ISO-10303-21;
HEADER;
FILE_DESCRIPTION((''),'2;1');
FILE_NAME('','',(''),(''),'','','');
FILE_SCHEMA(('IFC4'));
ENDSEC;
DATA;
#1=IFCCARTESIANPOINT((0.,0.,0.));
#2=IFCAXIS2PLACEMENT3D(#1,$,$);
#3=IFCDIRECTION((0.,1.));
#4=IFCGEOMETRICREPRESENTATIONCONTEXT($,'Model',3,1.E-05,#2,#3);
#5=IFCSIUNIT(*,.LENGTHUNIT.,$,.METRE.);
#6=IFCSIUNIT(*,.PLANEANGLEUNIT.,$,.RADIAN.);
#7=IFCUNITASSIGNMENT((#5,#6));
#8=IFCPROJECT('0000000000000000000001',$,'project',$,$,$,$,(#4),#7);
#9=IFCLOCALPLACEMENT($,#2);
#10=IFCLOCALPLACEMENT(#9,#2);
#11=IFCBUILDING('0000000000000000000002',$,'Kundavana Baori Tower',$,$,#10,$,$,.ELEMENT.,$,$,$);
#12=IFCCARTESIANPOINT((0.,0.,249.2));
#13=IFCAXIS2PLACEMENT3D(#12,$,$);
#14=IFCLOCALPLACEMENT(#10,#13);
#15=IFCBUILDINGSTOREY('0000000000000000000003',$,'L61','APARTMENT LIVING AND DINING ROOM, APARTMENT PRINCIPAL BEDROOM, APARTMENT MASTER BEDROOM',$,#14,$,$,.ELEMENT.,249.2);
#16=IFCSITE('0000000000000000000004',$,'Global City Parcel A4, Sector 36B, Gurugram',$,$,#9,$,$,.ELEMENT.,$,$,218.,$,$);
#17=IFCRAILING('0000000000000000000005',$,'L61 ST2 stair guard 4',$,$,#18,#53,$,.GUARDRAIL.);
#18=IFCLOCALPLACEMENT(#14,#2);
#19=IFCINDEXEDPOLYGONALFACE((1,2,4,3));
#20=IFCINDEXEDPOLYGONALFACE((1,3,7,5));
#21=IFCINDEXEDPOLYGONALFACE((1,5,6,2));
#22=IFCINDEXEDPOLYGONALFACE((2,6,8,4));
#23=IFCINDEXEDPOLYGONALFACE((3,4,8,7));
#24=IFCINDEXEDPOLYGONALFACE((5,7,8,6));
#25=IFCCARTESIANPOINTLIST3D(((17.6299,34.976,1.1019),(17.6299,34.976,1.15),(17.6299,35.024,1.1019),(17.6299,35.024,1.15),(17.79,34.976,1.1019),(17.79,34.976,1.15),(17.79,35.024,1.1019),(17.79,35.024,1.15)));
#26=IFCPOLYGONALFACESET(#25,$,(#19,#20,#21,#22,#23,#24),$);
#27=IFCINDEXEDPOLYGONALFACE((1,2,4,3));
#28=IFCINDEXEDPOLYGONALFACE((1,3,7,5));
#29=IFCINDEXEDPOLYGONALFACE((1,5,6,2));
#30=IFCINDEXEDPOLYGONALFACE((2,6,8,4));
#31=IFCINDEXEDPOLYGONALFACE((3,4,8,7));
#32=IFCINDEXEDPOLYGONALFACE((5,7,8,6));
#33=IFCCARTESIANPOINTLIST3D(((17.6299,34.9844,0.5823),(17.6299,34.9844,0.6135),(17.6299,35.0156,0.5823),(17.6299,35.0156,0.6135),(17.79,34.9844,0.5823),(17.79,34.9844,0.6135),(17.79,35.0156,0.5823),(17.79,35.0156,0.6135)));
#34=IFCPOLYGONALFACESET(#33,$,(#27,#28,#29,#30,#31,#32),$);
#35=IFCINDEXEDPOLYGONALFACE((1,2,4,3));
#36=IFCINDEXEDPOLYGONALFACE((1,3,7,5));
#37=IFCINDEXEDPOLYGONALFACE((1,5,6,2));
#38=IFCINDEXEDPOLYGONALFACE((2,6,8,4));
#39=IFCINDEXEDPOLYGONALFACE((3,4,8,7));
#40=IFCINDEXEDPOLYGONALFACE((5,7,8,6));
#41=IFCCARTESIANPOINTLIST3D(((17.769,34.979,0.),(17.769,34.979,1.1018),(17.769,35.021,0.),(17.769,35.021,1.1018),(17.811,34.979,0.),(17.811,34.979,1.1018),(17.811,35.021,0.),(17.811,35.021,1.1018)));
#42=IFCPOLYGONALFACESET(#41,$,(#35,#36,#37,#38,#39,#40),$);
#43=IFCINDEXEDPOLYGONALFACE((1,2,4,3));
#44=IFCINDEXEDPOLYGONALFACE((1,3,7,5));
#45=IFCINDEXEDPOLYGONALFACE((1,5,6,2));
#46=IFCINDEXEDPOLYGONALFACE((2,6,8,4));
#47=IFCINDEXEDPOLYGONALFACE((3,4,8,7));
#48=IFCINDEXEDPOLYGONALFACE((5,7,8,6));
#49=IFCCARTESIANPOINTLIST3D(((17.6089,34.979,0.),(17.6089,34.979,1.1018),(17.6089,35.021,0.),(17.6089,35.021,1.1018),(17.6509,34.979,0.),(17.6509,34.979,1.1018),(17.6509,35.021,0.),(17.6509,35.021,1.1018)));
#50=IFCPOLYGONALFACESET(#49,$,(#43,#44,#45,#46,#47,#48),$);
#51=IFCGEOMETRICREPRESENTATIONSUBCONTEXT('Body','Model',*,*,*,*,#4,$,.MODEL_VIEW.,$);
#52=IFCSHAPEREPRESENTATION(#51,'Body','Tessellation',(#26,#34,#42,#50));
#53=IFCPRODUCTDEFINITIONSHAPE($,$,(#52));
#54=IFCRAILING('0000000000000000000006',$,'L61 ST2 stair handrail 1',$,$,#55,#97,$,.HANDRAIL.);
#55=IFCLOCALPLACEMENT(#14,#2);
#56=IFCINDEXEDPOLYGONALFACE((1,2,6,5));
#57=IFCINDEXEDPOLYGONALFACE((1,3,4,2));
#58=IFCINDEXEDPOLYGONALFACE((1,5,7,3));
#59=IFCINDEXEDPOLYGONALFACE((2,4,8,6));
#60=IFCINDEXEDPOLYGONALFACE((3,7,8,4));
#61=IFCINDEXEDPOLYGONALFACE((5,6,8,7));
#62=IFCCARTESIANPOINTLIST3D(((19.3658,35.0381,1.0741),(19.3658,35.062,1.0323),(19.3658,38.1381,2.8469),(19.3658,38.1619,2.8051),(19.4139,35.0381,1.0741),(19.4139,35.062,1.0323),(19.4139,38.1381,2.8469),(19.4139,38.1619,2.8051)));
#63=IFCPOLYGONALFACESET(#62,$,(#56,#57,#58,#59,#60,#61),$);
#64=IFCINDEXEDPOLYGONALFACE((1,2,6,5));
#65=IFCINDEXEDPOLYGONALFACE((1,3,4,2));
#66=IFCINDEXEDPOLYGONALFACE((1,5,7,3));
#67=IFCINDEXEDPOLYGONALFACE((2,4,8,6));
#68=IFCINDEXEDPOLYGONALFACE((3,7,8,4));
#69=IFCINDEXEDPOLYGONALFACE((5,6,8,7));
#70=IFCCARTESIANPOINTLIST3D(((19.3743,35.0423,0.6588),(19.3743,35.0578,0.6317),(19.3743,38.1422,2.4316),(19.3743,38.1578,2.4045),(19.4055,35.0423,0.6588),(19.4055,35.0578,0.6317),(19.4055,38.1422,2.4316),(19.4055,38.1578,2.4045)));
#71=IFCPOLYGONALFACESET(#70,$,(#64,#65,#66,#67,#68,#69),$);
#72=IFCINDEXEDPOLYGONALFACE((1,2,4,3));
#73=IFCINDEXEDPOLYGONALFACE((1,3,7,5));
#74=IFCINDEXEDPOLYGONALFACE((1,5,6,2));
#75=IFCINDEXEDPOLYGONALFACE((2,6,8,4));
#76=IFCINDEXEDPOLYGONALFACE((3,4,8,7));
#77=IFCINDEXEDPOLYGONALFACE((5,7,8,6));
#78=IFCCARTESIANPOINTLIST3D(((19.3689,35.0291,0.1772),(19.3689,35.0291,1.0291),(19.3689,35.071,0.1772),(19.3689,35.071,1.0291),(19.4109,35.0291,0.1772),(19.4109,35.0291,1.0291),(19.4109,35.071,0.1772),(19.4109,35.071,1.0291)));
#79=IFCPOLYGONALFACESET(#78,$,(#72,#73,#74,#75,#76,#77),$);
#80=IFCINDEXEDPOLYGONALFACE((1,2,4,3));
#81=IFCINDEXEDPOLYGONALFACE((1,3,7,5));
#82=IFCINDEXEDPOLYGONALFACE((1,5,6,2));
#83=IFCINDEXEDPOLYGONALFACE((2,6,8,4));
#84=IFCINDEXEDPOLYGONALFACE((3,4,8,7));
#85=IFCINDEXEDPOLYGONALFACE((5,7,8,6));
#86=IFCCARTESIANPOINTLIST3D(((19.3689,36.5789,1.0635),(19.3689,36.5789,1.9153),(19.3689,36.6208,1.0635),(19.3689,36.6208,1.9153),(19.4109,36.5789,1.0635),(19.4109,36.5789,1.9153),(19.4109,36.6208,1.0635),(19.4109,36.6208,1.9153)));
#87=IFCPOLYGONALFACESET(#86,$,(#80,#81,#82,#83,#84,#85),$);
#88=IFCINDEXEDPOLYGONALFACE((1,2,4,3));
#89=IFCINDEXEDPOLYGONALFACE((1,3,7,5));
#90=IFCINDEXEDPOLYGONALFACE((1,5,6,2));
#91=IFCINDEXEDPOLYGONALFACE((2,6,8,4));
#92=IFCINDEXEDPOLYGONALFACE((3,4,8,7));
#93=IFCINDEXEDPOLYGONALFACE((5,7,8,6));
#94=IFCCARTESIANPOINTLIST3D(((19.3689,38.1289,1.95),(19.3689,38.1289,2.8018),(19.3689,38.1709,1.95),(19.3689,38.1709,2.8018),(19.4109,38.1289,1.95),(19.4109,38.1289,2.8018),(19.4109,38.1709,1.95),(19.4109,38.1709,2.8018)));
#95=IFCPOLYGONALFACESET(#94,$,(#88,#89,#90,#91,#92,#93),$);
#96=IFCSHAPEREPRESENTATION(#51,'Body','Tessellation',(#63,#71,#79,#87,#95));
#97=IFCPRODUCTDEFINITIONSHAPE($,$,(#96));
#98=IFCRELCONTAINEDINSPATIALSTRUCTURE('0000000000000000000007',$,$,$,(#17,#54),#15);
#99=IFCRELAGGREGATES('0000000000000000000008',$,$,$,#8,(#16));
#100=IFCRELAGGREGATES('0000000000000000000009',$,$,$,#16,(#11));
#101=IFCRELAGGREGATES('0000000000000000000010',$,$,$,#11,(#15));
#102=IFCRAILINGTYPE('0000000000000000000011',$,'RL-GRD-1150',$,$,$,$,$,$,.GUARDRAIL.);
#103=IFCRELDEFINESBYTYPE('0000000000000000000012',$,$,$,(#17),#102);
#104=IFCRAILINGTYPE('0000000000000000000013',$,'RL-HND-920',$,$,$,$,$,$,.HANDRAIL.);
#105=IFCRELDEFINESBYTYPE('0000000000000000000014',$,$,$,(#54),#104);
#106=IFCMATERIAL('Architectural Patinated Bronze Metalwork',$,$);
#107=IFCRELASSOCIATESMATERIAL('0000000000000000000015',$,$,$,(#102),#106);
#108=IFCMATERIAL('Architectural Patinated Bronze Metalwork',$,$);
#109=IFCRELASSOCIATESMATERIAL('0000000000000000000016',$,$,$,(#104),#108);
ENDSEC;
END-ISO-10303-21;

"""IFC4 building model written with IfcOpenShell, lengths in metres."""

from ifc_helpers import new_model, si_unit, direction, frame, origin, origin_2d, place, context, subcontext, project, spatial, rectangle, extrude, material, type_object, element, save


model = new_model("IFC4")

# Units and contexts
model_context = context("Model", 3, precision=1e-05, world=origin(), true_north=direction((0.0, 1.0)))
body_context = subcontext(model_context, "Body", "Model", "MODEL_VIEW")
ifc_project = project(units=[si_unit("LENGTHUNIT", "METRE"), si_unit("PLANEANGLEUNIT", "RADIAN")], contexts=[model_context])

# Site, building, storey
site_placement = place(None, origin())
site = spatial("IfcSite", under=ifc_project, at=site_placement, Name="Global City Parcel A4, Sector 36B, Gurugram", CompositionType="ELEMENT", RefElevation=218.0)
building_placement = place(site_placement, origin())
building = spatial("IfcBuilding", under=site, at=building_placement, Name="Kundavana Baori Tower", CompositionType="ELEMENT")
storey_placement = place(building_placement, frame((0.0, 0.0, 249.2)))
storey = spatial("IfcBuildingStorey", under=building, at=storey_placement, Name="L61", Description="APARTMENT LIVING AND DINING ROOM, APARTMENT PRINCIPAL BEDROOM, APARTMENT MASTER BEDROOM", CompositionType="ELEMENT", Elevation=249.2)

# Railings
ifc_material_1 = material(Name="Architectural Patinated Bronze Metalwork")
railing_type_1 = type_object("IfcRailingType", Name="RL-GRD-1150", PredefinedType="GUARDRAIL", material=ifc_material_1)
railing_1_placement = place(storey_placement, frame((17.79, 35.0, 0.0)))
element("IfcRailing", 1, at=railing_1_placement, inside=storey, type_object=railing_type_1, Name="L61 ST2 stair guard 4", PredefinedType="GUARDRAIL", context=body_context, shape_type="SweptSolid", body=[
    extrude(rectangle(XDim=0.0481, YDim=0.0481, at=origin_2d()), frame((0.0, 0.0, 1.126), z_axis=(-1.0, 0.0, 0.0), x_axis=(0.0, -1.0, 0.0)), (0.0, 0.0, 1.0), 0.1602),
    extrude(rectangle(XDim=0.0312, YDim=0.0312, at=origin_2d()), frame((0.0, 0.0, 0.5979), z_axis=(-1.0, 0.0, 0.0), x_axis=(0.0, -1.0, 0.0)), (0.0, 0.0, 1.0), 0.1602),
    extrude(rectangle(XDim=0.042, YDim=0.042, at=origin_2d()), origin(), (0.0, 0.0, 1.0), 1.1018),
    extrude(rectangle(XDim=0.042, YDim=0.042, at=origin_2d()), frame((-0.1602, 0.0, 0.0)), (0.0, 0.0, 1.0), 1.1018),
])
ifc_material_2 = material(Name="Architectural Patinated Bronze Metalwork")
railing_type_2 = type_object("IfcRailingType", Name="RL-HND-920", PredefinedType="HANDRAIL", material=ifc_material_2)
railing_2_placement = place(storey_placement, frame((19.3899, 35.05, 0.1772)))
element("IfcRailing", 2, at=railing_2_placement, inside=storey, type_object=railing_type_2, Name="L61 ST2 stair handrail 1", PredefinedType="HANDRAIL", context=body_context, shape_type="SweptSolid", body=[
    extrude(rectangle(XDim=0.0481, YDim=0.0481, at=origin_2d()), frame((0.0, 0.0, 0.876), z_axis=(0.0, 0.868079, 0.496426), x_axis=(-1.0, 0.0, 0.0)), (0.0, 0.0, 1.0), 3.571),
    extrude(rectangle(XDim=0.0312, YDim=0.0312, at=origin_2d()), frame((0.0, 0.0, 0.468), z_axis=(0.0, 0.868079, 0.496426), x_axis=(-1.0, 0.0, 0.0)), (0.0, 0.0, 1.0), 3.571),
    extrude(rectangle(XDim=0.042, YDim=0.042, at=origin_2d()), origin(), (0.0, 0.0, 1.0), 0.8518),
    extrude(rectangle(XDim=0.042, YDim=0.042, at=origin_2d()), frame((0.0, 1.5498, 0.8862)), (0.0, 0.0, 1.0), 0.8518),
    extrude(rectangle(XDim=0.042, YDim=0.042, at=origin_2d()), frame((0.0, 3.0999, 1.7727)), (0.0, 0.0, 1.0), 0.8518),
])

save(model, "model.ifc")
